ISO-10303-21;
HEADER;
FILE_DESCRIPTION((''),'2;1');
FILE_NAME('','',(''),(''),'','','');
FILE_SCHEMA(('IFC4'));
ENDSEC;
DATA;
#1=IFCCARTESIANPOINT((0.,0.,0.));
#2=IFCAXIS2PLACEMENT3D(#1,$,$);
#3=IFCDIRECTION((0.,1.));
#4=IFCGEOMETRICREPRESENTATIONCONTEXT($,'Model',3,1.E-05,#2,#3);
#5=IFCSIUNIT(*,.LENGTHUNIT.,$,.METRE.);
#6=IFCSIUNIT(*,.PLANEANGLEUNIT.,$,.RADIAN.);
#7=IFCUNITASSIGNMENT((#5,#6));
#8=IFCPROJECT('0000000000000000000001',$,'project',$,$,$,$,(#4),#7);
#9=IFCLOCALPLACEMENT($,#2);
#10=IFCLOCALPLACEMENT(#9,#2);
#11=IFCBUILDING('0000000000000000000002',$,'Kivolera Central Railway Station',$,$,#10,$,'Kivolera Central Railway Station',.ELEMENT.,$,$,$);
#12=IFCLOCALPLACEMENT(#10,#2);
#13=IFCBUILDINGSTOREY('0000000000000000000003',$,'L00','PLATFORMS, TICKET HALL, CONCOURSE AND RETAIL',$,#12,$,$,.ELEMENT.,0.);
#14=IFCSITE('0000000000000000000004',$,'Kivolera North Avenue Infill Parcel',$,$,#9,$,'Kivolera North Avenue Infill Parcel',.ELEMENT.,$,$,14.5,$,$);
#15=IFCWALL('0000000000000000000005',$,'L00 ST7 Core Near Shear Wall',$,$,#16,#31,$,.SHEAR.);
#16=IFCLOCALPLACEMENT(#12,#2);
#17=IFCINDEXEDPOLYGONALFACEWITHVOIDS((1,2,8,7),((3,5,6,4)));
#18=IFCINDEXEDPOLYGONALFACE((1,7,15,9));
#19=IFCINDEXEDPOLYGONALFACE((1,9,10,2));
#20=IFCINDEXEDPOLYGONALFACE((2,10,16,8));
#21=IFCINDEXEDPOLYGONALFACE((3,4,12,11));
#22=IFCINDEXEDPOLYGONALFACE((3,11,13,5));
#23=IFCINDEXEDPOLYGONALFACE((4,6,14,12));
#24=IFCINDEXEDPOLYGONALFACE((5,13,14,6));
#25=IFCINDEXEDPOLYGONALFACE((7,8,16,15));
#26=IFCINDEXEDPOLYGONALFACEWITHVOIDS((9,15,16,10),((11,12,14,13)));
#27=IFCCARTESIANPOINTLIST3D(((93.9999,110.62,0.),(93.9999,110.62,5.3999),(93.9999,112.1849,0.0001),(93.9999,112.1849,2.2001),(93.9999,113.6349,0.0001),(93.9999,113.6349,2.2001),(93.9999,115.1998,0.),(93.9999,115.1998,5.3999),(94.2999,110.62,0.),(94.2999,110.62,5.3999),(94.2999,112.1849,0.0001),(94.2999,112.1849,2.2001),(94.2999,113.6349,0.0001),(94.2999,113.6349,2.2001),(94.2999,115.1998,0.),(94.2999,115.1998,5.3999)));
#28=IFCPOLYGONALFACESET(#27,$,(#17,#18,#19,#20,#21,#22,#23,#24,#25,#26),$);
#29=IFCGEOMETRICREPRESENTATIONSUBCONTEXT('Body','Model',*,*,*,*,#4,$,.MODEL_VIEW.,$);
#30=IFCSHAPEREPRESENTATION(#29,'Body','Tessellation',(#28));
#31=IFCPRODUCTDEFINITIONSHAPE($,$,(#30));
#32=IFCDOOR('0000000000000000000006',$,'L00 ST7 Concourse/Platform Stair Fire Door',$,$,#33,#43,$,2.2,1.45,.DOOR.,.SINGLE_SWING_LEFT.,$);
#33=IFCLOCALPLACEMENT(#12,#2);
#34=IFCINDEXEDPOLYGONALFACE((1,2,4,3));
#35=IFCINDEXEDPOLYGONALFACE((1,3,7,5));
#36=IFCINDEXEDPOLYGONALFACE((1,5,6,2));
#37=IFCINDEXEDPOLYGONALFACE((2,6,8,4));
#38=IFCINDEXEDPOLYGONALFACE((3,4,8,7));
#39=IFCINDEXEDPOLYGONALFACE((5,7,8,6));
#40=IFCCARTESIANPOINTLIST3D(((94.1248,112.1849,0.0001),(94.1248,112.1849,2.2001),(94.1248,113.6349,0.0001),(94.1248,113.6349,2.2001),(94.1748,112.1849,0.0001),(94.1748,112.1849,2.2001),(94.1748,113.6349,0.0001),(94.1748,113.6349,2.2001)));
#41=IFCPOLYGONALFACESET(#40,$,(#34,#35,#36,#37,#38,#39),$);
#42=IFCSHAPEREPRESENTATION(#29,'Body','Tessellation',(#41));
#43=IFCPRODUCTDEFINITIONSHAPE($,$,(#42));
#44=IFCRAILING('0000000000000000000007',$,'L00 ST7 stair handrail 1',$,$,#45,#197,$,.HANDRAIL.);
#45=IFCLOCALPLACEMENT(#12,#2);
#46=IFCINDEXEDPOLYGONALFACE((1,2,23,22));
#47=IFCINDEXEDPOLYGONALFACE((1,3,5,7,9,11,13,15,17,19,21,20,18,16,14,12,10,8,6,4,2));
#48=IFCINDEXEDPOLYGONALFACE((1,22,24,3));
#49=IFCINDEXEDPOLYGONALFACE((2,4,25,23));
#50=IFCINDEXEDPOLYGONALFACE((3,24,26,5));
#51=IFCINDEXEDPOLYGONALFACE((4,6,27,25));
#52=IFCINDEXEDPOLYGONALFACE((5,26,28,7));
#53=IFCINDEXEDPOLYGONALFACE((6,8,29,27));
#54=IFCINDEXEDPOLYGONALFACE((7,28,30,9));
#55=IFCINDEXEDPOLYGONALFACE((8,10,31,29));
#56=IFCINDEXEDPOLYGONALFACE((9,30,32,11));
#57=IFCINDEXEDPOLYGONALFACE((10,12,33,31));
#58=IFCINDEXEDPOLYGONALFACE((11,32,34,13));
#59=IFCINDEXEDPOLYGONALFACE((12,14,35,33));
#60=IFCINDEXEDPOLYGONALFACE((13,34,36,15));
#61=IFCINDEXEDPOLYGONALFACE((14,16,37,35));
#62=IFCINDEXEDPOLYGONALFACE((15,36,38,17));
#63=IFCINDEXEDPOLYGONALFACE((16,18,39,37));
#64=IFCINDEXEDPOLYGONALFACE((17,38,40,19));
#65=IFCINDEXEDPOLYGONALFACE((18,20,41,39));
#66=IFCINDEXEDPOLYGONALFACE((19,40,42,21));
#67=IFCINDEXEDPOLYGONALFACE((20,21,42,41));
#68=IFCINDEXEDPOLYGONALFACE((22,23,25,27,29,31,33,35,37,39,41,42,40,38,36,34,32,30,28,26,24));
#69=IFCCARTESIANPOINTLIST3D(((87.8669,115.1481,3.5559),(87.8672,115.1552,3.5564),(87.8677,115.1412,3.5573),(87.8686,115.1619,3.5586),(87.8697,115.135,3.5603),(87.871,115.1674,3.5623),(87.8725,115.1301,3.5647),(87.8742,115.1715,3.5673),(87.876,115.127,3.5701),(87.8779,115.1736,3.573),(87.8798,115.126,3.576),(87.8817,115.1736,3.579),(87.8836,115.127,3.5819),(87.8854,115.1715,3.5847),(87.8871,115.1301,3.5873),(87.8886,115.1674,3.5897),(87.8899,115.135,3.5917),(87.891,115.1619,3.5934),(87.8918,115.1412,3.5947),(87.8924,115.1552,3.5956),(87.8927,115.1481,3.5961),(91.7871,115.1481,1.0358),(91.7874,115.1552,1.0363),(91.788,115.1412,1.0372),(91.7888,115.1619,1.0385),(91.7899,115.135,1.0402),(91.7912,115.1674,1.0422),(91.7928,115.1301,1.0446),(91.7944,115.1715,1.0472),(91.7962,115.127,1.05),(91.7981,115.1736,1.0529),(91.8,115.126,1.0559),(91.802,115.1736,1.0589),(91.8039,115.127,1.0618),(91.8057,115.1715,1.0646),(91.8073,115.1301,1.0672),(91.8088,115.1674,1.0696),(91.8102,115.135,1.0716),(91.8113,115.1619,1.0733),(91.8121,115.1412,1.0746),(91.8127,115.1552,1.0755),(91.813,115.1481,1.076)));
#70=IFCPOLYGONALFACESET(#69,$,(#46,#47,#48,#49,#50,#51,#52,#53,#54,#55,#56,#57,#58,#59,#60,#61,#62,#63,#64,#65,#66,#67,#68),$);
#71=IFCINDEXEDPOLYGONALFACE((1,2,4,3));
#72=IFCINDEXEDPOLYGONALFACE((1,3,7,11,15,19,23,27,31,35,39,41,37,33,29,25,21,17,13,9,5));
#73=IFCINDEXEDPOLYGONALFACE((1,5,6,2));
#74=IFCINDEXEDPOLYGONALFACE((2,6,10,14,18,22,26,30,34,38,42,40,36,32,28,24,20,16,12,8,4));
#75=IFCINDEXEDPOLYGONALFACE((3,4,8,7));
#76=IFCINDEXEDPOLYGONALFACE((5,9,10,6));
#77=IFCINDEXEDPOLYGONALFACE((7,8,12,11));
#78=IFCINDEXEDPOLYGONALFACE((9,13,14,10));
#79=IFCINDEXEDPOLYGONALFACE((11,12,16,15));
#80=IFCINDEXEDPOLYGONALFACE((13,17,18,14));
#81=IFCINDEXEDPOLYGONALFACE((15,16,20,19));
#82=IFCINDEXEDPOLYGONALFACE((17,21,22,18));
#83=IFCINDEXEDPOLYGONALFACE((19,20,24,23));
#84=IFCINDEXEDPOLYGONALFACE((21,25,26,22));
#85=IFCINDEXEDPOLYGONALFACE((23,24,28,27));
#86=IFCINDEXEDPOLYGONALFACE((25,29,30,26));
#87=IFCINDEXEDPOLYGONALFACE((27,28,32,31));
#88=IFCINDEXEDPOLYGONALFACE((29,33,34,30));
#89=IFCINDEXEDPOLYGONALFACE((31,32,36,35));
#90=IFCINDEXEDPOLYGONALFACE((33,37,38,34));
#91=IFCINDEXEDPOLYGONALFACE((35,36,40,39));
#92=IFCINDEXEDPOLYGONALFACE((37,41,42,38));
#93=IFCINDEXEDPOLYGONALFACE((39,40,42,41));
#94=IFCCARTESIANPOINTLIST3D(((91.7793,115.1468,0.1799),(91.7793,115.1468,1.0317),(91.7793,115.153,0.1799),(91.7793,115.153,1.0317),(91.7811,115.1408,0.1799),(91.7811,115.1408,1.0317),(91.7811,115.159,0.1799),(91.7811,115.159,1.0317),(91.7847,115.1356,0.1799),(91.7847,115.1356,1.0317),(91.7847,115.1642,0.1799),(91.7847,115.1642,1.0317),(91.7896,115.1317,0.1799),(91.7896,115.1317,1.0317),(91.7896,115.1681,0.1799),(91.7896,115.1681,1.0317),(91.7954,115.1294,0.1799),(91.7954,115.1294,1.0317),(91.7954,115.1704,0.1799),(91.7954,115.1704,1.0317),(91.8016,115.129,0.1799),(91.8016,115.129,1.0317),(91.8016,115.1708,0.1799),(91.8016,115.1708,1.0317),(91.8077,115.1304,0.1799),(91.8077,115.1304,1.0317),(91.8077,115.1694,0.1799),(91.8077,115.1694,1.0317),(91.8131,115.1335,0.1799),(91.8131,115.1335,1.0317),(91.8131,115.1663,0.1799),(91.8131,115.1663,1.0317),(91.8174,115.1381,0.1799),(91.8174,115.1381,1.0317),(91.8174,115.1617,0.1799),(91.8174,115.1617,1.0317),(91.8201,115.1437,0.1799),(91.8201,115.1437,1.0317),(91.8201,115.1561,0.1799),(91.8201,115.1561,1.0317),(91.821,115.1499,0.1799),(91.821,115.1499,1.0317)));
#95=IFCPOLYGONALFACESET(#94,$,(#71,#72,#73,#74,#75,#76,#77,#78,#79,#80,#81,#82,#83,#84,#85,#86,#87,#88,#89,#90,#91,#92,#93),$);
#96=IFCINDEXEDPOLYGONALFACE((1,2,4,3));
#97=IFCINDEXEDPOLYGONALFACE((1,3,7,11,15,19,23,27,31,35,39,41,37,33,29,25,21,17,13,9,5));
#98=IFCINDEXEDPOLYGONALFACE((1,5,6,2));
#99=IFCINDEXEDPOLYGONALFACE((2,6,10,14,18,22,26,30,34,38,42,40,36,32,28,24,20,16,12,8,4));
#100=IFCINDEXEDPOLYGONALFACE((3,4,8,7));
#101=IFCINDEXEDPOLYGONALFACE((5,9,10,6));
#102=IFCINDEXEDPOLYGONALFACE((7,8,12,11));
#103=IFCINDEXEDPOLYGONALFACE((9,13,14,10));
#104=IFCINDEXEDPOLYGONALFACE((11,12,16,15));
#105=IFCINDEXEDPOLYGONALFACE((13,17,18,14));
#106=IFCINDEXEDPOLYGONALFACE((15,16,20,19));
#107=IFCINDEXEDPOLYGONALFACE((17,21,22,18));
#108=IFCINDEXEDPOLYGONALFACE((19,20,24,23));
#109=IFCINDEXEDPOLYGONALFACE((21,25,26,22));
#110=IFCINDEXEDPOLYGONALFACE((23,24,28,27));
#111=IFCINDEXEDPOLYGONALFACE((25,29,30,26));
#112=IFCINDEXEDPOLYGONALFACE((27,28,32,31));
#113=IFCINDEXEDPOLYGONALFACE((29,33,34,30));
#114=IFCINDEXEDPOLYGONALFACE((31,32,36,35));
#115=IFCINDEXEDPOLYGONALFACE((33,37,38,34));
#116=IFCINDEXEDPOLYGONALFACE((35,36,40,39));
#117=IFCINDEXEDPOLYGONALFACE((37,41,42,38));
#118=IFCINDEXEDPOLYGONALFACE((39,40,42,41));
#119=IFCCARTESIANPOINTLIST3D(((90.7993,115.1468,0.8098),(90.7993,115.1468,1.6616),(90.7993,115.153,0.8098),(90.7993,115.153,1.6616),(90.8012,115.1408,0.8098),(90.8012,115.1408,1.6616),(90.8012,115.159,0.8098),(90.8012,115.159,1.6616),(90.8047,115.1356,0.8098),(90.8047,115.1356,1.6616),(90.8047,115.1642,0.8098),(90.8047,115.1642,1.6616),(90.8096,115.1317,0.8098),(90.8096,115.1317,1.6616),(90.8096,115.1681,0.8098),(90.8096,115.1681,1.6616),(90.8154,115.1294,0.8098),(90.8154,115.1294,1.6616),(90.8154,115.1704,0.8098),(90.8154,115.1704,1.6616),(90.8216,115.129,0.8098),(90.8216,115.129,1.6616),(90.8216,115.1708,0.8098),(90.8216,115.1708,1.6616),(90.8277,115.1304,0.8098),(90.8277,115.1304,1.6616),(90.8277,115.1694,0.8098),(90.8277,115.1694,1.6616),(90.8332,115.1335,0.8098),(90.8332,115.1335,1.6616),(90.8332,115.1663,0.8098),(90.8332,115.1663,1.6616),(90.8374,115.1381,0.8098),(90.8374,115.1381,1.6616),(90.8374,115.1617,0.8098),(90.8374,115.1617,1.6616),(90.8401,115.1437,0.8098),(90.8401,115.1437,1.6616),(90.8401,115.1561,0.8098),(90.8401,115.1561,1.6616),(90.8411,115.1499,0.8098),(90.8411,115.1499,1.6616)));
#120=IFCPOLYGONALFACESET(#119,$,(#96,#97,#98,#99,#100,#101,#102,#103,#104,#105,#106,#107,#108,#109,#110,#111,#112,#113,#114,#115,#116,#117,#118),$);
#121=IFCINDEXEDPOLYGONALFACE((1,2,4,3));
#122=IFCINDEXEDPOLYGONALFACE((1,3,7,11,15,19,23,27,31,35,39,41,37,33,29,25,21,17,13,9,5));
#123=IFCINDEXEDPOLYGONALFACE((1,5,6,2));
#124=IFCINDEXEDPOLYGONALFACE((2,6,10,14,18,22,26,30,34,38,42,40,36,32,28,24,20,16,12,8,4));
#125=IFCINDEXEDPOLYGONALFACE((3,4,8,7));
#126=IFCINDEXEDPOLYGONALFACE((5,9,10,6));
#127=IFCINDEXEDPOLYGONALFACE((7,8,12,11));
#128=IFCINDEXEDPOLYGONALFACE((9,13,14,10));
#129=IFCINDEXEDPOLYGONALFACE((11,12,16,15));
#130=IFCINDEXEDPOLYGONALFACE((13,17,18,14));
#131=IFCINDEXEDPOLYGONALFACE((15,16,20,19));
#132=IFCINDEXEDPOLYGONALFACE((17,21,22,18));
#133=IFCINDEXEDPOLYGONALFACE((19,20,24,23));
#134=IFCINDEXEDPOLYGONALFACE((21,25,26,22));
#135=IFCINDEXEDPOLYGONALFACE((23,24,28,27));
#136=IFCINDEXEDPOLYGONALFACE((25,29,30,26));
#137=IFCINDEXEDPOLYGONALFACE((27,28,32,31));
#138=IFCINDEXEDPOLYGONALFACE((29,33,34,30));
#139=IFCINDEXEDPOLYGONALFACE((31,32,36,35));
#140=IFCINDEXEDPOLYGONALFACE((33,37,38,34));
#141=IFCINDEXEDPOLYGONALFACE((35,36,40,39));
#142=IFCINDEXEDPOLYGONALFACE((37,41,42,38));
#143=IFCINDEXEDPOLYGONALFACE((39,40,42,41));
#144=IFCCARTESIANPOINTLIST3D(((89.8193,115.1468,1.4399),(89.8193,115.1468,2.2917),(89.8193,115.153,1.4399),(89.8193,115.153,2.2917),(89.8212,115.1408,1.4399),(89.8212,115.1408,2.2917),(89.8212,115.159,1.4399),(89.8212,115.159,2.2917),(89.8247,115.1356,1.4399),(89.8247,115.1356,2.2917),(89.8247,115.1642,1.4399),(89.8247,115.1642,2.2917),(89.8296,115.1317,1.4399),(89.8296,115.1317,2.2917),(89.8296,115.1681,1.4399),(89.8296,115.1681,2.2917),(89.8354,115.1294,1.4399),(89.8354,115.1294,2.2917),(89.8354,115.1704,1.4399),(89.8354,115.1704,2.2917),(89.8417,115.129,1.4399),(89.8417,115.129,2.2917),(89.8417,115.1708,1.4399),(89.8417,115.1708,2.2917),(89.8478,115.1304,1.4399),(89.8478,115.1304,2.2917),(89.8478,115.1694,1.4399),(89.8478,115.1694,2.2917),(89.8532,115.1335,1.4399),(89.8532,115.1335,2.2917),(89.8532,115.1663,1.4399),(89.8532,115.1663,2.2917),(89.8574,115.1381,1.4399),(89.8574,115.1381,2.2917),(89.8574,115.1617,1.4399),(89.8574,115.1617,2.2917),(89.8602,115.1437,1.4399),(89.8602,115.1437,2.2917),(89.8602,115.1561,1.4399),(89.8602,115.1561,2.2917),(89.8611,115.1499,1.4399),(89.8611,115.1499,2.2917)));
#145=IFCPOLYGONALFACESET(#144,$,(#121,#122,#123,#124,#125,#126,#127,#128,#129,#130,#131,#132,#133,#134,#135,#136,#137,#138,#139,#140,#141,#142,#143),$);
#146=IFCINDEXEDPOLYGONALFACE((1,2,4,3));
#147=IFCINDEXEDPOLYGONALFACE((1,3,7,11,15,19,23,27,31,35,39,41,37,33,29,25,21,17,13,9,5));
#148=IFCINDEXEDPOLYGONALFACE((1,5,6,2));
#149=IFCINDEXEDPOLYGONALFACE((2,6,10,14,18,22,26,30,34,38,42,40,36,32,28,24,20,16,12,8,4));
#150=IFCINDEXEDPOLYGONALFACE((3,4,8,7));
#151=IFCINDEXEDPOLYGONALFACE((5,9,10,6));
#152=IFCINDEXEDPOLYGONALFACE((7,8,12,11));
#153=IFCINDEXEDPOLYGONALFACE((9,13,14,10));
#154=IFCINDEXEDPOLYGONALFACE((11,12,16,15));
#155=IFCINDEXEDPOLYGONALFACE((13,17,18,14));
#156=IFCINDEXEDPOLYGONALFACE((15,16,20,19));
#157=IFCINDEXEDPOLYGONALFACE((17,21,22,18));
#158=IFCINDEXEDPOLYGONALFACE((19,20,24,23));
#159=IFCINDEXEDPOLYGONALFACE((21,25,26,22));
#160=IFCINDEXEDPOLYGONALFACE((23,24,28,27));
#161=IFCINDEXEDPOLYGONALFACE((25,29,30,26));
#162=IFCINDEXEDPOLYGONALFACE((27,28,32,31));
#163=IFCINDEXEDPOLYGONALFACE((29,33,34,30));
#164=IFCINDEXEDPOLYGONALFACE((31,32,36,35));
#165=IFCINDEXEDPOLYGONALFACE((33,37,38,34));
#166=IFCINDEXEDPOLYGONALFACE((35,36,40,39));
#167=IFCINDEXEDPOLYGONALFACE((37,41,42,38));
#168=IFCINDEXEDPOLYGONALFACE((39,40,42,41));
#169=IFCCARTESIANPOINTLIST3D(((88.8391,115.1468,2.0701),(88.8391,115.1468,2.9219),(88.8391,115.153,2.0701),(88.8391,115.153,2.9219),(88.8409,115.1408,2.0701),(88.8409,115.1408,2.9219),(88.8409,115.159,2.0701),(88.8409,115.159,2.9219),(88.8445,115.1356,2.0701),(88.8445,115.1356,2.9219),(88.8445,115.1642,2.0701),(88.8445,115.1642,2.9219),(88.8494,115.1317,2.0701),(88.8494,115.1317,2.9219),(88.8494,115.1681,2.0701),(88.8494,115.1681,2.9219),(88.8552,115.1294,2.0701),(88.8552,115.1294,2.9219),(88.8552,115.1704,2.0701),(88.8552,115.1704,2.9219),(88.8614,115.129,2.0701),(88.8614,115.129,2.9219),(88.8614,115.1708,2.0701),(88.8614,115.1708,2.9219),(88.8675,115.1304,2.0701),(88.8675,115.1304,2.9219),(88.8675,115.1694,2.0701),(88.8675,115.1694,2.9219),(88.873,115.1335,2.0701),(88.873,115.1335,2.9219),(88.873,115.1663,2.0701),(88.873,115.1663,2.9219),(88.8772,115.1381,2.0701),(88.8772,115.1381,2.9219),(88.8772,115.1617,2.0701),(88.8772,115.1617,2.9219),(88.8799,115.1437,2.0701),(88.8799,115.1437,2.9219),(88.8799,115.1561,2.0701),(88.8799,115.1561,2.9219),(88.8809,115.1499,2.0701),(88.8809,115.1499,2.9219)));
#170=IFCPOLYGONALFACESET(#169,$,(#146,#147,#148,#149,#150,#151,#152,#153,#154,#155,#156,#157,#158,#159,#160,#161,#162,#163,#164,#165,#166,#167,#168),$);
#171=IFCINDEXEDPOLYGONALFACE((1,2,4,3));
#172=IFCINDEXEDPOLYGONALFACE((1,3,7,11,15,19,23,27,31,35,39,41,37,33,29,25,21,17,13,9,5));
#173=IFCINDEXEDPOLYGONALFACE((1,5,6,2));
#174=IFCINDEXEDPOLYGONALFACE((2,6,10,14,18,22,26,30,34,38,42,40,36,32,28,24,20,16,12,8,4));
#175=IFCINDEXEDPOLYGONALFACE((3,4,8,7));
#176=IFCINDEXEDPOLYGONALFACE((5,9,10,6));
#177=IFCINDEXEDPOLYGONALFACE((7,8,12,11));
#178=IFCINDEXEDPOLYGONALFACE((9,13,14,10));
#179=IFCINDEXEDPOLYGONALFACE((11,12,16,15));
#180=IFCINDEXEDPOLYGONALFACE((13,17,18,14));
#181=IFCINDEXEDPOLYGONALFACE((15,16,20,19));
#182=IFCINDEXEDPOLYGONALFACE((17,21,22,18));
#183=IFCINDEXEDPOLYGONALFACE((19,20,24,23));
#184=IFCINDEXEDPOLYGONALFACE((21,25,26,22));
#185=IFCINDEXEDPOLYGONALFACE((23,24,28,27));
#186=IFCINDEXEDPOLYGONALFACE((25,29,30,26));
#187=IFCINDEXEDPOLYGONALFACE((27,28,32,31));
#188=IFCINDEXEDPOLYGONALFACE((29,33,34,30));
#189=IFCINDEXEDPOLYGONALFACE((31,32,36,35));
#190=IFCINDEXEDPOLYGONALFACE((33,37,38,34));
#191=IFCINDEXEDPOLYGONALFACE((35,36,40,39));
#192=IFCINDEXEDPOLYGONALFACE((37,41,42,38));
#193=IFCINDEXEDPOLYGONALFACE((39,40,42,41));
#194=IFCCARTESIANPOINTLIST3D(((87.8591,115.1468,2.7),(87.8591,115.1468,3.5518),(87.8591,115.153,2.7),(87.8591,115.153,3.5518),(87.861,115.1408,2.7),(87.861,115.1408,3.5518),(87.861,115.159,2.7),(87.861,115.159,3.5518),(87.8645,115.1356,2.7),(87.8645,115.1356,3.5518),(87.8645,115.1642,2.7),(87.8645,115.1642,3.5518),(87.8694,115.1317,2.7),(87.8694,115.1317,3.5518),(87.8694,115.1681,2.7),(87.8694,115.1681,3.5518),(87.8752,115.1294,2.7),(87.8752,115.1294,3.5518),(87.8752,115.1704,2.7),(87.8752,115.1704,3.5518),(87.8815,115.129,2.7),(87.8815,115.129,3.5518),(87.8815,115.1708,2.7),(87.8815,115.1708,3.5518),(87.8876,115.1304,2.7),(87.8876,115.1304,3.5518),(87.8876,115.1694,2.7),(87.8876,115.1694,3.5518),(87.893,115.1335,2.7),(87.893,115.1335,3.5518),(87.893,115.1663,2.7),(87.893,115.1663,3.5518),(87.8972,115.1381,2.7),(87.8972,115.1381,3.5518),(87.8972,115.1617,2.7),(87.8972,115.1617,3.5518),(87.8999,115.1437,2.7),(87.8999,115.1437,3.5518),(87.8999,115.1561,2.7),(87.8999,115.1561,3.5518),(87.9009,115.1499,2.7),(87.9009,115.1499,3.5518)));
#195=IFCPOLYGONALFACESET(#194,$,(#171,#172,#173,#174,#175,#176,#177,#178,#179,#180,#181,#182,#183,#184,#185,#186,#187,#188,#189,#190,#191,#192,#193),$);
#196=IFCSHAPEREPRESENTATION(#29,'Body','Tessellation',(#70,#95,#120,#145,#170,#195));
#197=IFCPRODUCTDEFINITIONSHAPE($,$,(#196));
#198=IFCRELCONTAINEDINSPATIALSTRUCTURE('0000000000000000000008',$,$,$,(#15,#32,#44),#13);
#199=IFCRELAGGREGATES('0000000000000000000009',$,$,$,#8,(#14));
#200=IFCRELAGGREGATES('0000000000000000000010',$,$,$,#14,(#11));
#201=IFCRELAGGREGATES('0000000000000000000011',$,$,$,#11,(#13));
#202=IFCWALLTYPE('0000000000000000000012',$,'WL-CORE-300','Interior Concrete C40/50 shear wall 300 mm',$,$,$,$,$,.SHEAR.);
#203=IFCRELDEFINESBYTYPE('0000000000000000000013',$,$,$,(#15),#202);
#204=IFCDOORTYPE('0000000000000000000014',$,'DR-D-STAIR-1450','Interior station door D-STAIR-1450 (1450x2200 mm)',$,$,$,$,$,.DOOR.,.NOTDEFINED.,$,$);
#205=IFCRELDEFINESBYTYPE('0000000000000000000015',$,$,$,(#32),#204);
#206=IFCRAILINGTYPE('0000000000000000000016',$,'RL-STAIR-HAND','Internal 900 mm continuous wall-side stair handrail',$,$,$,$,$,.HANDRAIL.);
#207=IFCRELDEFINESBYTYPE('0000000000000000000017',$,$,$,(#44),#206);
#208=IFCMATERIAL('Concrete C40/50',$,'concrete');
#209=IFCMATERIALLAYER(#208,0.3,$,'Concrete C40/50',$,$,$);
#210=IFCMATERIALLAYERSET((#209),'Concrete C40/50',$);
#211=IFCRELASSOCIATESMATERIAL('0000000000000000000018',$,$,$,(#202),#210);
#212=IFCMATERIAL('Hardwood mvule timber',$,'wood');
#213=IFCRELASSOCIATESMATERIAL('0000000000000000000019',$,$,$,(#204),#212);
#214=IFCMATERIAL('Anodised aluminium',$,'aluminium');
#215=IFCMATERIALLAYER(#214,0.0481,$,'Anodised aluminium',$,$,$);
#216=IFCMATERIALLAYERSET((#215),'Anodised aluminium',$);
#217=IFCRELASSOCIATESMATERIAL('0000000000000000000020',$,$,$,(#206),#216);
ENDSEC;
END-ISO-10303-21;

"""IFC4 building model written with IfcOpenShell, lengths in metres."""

from ifc_helpers import new_model, si_unit, direction, frame, frame_2d, origin, origin_2d, place, context, subcontext, project, spatial, rectangle, circle, extrude, material, layer, layer_set, type_object, element, fill, save


model = new_model("IFC4")

# Units and contexts
model_context = context("Model", 3, precision=1e-05, world=origin(), true_north=direction((0.0, 1.0)))
body_context = subcontext(model_context, "Body", "Model", "MODEL_VIEW")
ifc_project = project(units=[si_unit("LENGTHUNIT", "METRE"), si_unit("PLANEANGLEUNIT", "RADIAN")], contexts=[model_context])

# Site, building, storey
site_placement = place(None, origin())
site = spatial("IfcSite", under=ifc_project, at=site_placement, Name="Kivolera North Avenue Infill Parcel", LongName="Kivolera North Avenue Infill Parcel", CompositionType="ELEMENT", RefElevation=14.5)
building_placement = place(site_placement, origin())
building = spatial("IfcBuilding", under=site, at=building_placement, Name="Kivolera Central Railway Station", LongName="Kivolera Central Railway Station", CompositionType="ELEMENT")
storey_placement = place(building_placement, origin())
storey = spatial("IfcBuildingStorey", under=building, at=storey_placement, Name="L00", Description="PLATFORMS, TICKET HALL, CONCOURSE AND RETAIL", CompositionType="ELEMENT", Elevation=0.0)

# Shared definitions
ifc_material_1 = material(Name="Anodised aluminium", Category="aluminium")

# Wall, opening, door
ifc_material_2 = material(Name="Concrete C40/50", Category="concrete")
ifc_layer_1 = layer(ifc_material_2, 0.3, Name="Concrete C40/50")
ifc_layer_set_1 = layer_set([ifc_layer_1], Name="Concrete C40/50")
wall_type = type_object("IfcWallType", Name="WL-CORE-300", Description="Interior Concrete C40/50 shear wall 300 mm", PredefinedType="SHEAR", material=ifc_layer_set_1)
wall_placement = place(storey_placement, frame((94.1499, 115.2, 0.0), z_axis=(0.0, 0.0, 1.0), x_axis=(0.0, -1.0, 0.0)))
wall = element("IfcWall", 1, at=wall_placement, inside=storey, type_object=wall_type, Name="L00 ST7 Core Near Shear Wall", PredefinedType="SHEAR", context=body_context, shape_type="SweptSolid", body=[
    extrude(rectangle(XDim=4.5798, YDim=0.3, at=frame_2d((2.29, 0.0))), origin(), (0.0, 0.0, 1.0), 5.3999),
])
opening_placement = place(wall_placement, frame((1.5649, 0.0, 0.0)))
opening = element("IfcOpeningElement", 2, at=opening_placement, cuts=wall, PredefinedType="OPENING", context=body_context, shape_type="SweptSolid", body=[
    extrude(rectangle(XDim=1.45, YDim=2.2, at=frame_2d((0.7251, 1.1001))), frame((0.0, 0.1599, 0.0), z_axis=(0.0, -1.0, 0.0), x_axis=(1.0, 0.0, 0.0)), (0.0, 0.0, 1.0), 0.3201),
])
ifc_material_3 = material(Name="Hardwood mvule timber", Category="wood")
door_type = type_object("IfcDoorType", Name="DR-D-STAIR-1450", Description="Interior station door D-STAIR-1450 (1450x2200 mm)", OperationType="NOTDEFINED", PredefinedType="DOOR", material=ifc_material_3)
door_placement = place(opening_placement, origin())
door = element("IfcDoor", 3, at=door_placement, inside=storey, type_object=door_type, Name="L00 ST7 Concourse/Platform Stair Fire Door", OperationType="SINGLE_SWING_LEFT", OverallHeight=2.2, OverallWidth=1.45, PredefinedType="DOOR", context=body_context, shape_type="SweptSolid", body=[
    extrude(rectangle(XDim=1.45, YDim=2.2, at=frame_2d((0.7251, 1.1001))), frame((0.0, 0.0249, 0.0), z_axis=(0.0, -1.0, 0.0), x_axis=(1.0, 0.0, 0.0)), (0.0, 0.0, 1.0), 0.05),
])
fill(opening, door)

# Railing
ifc_layer_2 = layer(ifc_material_1, 0.0481, Name="Anodised aluminium")
ifc_layer_set_2 = layer_set([ifc_layer_2], Name="Anodised aluminium")
railing_type = type_object("IfcRailingType", Name="RL-STAIR-HAND", Description="Internal 900 mm continuous wall-side stair handrail", PredefinedType="HANDRAIL", material=ifc_layer_set_2)
railing_placement = place(storey_placement, frame((91.8, 115.1499, 0.1799)))
element("IfcRailing", 4, at=railing_placement, inside=storey, type_object=railing_type, Name="L00 ST7 stair handrail 1", PredefinedType="HANDRAIL", context=body_context, shape_type="SweptSolid", body=[
    extrude(circle(Radius=0.0239, at=origin_2d()), frame((0.0, 0.0, 0.876), z_axis=(-0.841187, 0.0, 0.540744), x_axis=(0.0, -1.0, 0.0)), (0.0, 0.0, 1.0), 4.6604),
    extrude(circle(Radius=0.021, at=origin_2d()), origin(), (0.0, 0.0, 1.0), 0.8518),
    extrude(circle(Radius=0.021, at=origin_2d()), frame((-0.98, 0.0, 0.6299)), (0.0, 0.0, 1.0), 0.8518),
    extrude(circle(Radius=0.021, at=origin_2d()), frame((-1.96, 0.0, 1.26)), (0.0, 0.0, 1.0), 0.8518),
    extrude(circle(Radius=0.021, at=origin_2d()), frame((-2.9402, 0.0, 1.8901)), (0.0, 0.0, 1.0), 0.8518),
    extrude(circle(Radius=0.021, at=origin_2d()), frame((-3.9202, 0.0, 2.52)), (0.0, 0.0, 1.0), 0.8518),
])

save(model, "model.ifc")
